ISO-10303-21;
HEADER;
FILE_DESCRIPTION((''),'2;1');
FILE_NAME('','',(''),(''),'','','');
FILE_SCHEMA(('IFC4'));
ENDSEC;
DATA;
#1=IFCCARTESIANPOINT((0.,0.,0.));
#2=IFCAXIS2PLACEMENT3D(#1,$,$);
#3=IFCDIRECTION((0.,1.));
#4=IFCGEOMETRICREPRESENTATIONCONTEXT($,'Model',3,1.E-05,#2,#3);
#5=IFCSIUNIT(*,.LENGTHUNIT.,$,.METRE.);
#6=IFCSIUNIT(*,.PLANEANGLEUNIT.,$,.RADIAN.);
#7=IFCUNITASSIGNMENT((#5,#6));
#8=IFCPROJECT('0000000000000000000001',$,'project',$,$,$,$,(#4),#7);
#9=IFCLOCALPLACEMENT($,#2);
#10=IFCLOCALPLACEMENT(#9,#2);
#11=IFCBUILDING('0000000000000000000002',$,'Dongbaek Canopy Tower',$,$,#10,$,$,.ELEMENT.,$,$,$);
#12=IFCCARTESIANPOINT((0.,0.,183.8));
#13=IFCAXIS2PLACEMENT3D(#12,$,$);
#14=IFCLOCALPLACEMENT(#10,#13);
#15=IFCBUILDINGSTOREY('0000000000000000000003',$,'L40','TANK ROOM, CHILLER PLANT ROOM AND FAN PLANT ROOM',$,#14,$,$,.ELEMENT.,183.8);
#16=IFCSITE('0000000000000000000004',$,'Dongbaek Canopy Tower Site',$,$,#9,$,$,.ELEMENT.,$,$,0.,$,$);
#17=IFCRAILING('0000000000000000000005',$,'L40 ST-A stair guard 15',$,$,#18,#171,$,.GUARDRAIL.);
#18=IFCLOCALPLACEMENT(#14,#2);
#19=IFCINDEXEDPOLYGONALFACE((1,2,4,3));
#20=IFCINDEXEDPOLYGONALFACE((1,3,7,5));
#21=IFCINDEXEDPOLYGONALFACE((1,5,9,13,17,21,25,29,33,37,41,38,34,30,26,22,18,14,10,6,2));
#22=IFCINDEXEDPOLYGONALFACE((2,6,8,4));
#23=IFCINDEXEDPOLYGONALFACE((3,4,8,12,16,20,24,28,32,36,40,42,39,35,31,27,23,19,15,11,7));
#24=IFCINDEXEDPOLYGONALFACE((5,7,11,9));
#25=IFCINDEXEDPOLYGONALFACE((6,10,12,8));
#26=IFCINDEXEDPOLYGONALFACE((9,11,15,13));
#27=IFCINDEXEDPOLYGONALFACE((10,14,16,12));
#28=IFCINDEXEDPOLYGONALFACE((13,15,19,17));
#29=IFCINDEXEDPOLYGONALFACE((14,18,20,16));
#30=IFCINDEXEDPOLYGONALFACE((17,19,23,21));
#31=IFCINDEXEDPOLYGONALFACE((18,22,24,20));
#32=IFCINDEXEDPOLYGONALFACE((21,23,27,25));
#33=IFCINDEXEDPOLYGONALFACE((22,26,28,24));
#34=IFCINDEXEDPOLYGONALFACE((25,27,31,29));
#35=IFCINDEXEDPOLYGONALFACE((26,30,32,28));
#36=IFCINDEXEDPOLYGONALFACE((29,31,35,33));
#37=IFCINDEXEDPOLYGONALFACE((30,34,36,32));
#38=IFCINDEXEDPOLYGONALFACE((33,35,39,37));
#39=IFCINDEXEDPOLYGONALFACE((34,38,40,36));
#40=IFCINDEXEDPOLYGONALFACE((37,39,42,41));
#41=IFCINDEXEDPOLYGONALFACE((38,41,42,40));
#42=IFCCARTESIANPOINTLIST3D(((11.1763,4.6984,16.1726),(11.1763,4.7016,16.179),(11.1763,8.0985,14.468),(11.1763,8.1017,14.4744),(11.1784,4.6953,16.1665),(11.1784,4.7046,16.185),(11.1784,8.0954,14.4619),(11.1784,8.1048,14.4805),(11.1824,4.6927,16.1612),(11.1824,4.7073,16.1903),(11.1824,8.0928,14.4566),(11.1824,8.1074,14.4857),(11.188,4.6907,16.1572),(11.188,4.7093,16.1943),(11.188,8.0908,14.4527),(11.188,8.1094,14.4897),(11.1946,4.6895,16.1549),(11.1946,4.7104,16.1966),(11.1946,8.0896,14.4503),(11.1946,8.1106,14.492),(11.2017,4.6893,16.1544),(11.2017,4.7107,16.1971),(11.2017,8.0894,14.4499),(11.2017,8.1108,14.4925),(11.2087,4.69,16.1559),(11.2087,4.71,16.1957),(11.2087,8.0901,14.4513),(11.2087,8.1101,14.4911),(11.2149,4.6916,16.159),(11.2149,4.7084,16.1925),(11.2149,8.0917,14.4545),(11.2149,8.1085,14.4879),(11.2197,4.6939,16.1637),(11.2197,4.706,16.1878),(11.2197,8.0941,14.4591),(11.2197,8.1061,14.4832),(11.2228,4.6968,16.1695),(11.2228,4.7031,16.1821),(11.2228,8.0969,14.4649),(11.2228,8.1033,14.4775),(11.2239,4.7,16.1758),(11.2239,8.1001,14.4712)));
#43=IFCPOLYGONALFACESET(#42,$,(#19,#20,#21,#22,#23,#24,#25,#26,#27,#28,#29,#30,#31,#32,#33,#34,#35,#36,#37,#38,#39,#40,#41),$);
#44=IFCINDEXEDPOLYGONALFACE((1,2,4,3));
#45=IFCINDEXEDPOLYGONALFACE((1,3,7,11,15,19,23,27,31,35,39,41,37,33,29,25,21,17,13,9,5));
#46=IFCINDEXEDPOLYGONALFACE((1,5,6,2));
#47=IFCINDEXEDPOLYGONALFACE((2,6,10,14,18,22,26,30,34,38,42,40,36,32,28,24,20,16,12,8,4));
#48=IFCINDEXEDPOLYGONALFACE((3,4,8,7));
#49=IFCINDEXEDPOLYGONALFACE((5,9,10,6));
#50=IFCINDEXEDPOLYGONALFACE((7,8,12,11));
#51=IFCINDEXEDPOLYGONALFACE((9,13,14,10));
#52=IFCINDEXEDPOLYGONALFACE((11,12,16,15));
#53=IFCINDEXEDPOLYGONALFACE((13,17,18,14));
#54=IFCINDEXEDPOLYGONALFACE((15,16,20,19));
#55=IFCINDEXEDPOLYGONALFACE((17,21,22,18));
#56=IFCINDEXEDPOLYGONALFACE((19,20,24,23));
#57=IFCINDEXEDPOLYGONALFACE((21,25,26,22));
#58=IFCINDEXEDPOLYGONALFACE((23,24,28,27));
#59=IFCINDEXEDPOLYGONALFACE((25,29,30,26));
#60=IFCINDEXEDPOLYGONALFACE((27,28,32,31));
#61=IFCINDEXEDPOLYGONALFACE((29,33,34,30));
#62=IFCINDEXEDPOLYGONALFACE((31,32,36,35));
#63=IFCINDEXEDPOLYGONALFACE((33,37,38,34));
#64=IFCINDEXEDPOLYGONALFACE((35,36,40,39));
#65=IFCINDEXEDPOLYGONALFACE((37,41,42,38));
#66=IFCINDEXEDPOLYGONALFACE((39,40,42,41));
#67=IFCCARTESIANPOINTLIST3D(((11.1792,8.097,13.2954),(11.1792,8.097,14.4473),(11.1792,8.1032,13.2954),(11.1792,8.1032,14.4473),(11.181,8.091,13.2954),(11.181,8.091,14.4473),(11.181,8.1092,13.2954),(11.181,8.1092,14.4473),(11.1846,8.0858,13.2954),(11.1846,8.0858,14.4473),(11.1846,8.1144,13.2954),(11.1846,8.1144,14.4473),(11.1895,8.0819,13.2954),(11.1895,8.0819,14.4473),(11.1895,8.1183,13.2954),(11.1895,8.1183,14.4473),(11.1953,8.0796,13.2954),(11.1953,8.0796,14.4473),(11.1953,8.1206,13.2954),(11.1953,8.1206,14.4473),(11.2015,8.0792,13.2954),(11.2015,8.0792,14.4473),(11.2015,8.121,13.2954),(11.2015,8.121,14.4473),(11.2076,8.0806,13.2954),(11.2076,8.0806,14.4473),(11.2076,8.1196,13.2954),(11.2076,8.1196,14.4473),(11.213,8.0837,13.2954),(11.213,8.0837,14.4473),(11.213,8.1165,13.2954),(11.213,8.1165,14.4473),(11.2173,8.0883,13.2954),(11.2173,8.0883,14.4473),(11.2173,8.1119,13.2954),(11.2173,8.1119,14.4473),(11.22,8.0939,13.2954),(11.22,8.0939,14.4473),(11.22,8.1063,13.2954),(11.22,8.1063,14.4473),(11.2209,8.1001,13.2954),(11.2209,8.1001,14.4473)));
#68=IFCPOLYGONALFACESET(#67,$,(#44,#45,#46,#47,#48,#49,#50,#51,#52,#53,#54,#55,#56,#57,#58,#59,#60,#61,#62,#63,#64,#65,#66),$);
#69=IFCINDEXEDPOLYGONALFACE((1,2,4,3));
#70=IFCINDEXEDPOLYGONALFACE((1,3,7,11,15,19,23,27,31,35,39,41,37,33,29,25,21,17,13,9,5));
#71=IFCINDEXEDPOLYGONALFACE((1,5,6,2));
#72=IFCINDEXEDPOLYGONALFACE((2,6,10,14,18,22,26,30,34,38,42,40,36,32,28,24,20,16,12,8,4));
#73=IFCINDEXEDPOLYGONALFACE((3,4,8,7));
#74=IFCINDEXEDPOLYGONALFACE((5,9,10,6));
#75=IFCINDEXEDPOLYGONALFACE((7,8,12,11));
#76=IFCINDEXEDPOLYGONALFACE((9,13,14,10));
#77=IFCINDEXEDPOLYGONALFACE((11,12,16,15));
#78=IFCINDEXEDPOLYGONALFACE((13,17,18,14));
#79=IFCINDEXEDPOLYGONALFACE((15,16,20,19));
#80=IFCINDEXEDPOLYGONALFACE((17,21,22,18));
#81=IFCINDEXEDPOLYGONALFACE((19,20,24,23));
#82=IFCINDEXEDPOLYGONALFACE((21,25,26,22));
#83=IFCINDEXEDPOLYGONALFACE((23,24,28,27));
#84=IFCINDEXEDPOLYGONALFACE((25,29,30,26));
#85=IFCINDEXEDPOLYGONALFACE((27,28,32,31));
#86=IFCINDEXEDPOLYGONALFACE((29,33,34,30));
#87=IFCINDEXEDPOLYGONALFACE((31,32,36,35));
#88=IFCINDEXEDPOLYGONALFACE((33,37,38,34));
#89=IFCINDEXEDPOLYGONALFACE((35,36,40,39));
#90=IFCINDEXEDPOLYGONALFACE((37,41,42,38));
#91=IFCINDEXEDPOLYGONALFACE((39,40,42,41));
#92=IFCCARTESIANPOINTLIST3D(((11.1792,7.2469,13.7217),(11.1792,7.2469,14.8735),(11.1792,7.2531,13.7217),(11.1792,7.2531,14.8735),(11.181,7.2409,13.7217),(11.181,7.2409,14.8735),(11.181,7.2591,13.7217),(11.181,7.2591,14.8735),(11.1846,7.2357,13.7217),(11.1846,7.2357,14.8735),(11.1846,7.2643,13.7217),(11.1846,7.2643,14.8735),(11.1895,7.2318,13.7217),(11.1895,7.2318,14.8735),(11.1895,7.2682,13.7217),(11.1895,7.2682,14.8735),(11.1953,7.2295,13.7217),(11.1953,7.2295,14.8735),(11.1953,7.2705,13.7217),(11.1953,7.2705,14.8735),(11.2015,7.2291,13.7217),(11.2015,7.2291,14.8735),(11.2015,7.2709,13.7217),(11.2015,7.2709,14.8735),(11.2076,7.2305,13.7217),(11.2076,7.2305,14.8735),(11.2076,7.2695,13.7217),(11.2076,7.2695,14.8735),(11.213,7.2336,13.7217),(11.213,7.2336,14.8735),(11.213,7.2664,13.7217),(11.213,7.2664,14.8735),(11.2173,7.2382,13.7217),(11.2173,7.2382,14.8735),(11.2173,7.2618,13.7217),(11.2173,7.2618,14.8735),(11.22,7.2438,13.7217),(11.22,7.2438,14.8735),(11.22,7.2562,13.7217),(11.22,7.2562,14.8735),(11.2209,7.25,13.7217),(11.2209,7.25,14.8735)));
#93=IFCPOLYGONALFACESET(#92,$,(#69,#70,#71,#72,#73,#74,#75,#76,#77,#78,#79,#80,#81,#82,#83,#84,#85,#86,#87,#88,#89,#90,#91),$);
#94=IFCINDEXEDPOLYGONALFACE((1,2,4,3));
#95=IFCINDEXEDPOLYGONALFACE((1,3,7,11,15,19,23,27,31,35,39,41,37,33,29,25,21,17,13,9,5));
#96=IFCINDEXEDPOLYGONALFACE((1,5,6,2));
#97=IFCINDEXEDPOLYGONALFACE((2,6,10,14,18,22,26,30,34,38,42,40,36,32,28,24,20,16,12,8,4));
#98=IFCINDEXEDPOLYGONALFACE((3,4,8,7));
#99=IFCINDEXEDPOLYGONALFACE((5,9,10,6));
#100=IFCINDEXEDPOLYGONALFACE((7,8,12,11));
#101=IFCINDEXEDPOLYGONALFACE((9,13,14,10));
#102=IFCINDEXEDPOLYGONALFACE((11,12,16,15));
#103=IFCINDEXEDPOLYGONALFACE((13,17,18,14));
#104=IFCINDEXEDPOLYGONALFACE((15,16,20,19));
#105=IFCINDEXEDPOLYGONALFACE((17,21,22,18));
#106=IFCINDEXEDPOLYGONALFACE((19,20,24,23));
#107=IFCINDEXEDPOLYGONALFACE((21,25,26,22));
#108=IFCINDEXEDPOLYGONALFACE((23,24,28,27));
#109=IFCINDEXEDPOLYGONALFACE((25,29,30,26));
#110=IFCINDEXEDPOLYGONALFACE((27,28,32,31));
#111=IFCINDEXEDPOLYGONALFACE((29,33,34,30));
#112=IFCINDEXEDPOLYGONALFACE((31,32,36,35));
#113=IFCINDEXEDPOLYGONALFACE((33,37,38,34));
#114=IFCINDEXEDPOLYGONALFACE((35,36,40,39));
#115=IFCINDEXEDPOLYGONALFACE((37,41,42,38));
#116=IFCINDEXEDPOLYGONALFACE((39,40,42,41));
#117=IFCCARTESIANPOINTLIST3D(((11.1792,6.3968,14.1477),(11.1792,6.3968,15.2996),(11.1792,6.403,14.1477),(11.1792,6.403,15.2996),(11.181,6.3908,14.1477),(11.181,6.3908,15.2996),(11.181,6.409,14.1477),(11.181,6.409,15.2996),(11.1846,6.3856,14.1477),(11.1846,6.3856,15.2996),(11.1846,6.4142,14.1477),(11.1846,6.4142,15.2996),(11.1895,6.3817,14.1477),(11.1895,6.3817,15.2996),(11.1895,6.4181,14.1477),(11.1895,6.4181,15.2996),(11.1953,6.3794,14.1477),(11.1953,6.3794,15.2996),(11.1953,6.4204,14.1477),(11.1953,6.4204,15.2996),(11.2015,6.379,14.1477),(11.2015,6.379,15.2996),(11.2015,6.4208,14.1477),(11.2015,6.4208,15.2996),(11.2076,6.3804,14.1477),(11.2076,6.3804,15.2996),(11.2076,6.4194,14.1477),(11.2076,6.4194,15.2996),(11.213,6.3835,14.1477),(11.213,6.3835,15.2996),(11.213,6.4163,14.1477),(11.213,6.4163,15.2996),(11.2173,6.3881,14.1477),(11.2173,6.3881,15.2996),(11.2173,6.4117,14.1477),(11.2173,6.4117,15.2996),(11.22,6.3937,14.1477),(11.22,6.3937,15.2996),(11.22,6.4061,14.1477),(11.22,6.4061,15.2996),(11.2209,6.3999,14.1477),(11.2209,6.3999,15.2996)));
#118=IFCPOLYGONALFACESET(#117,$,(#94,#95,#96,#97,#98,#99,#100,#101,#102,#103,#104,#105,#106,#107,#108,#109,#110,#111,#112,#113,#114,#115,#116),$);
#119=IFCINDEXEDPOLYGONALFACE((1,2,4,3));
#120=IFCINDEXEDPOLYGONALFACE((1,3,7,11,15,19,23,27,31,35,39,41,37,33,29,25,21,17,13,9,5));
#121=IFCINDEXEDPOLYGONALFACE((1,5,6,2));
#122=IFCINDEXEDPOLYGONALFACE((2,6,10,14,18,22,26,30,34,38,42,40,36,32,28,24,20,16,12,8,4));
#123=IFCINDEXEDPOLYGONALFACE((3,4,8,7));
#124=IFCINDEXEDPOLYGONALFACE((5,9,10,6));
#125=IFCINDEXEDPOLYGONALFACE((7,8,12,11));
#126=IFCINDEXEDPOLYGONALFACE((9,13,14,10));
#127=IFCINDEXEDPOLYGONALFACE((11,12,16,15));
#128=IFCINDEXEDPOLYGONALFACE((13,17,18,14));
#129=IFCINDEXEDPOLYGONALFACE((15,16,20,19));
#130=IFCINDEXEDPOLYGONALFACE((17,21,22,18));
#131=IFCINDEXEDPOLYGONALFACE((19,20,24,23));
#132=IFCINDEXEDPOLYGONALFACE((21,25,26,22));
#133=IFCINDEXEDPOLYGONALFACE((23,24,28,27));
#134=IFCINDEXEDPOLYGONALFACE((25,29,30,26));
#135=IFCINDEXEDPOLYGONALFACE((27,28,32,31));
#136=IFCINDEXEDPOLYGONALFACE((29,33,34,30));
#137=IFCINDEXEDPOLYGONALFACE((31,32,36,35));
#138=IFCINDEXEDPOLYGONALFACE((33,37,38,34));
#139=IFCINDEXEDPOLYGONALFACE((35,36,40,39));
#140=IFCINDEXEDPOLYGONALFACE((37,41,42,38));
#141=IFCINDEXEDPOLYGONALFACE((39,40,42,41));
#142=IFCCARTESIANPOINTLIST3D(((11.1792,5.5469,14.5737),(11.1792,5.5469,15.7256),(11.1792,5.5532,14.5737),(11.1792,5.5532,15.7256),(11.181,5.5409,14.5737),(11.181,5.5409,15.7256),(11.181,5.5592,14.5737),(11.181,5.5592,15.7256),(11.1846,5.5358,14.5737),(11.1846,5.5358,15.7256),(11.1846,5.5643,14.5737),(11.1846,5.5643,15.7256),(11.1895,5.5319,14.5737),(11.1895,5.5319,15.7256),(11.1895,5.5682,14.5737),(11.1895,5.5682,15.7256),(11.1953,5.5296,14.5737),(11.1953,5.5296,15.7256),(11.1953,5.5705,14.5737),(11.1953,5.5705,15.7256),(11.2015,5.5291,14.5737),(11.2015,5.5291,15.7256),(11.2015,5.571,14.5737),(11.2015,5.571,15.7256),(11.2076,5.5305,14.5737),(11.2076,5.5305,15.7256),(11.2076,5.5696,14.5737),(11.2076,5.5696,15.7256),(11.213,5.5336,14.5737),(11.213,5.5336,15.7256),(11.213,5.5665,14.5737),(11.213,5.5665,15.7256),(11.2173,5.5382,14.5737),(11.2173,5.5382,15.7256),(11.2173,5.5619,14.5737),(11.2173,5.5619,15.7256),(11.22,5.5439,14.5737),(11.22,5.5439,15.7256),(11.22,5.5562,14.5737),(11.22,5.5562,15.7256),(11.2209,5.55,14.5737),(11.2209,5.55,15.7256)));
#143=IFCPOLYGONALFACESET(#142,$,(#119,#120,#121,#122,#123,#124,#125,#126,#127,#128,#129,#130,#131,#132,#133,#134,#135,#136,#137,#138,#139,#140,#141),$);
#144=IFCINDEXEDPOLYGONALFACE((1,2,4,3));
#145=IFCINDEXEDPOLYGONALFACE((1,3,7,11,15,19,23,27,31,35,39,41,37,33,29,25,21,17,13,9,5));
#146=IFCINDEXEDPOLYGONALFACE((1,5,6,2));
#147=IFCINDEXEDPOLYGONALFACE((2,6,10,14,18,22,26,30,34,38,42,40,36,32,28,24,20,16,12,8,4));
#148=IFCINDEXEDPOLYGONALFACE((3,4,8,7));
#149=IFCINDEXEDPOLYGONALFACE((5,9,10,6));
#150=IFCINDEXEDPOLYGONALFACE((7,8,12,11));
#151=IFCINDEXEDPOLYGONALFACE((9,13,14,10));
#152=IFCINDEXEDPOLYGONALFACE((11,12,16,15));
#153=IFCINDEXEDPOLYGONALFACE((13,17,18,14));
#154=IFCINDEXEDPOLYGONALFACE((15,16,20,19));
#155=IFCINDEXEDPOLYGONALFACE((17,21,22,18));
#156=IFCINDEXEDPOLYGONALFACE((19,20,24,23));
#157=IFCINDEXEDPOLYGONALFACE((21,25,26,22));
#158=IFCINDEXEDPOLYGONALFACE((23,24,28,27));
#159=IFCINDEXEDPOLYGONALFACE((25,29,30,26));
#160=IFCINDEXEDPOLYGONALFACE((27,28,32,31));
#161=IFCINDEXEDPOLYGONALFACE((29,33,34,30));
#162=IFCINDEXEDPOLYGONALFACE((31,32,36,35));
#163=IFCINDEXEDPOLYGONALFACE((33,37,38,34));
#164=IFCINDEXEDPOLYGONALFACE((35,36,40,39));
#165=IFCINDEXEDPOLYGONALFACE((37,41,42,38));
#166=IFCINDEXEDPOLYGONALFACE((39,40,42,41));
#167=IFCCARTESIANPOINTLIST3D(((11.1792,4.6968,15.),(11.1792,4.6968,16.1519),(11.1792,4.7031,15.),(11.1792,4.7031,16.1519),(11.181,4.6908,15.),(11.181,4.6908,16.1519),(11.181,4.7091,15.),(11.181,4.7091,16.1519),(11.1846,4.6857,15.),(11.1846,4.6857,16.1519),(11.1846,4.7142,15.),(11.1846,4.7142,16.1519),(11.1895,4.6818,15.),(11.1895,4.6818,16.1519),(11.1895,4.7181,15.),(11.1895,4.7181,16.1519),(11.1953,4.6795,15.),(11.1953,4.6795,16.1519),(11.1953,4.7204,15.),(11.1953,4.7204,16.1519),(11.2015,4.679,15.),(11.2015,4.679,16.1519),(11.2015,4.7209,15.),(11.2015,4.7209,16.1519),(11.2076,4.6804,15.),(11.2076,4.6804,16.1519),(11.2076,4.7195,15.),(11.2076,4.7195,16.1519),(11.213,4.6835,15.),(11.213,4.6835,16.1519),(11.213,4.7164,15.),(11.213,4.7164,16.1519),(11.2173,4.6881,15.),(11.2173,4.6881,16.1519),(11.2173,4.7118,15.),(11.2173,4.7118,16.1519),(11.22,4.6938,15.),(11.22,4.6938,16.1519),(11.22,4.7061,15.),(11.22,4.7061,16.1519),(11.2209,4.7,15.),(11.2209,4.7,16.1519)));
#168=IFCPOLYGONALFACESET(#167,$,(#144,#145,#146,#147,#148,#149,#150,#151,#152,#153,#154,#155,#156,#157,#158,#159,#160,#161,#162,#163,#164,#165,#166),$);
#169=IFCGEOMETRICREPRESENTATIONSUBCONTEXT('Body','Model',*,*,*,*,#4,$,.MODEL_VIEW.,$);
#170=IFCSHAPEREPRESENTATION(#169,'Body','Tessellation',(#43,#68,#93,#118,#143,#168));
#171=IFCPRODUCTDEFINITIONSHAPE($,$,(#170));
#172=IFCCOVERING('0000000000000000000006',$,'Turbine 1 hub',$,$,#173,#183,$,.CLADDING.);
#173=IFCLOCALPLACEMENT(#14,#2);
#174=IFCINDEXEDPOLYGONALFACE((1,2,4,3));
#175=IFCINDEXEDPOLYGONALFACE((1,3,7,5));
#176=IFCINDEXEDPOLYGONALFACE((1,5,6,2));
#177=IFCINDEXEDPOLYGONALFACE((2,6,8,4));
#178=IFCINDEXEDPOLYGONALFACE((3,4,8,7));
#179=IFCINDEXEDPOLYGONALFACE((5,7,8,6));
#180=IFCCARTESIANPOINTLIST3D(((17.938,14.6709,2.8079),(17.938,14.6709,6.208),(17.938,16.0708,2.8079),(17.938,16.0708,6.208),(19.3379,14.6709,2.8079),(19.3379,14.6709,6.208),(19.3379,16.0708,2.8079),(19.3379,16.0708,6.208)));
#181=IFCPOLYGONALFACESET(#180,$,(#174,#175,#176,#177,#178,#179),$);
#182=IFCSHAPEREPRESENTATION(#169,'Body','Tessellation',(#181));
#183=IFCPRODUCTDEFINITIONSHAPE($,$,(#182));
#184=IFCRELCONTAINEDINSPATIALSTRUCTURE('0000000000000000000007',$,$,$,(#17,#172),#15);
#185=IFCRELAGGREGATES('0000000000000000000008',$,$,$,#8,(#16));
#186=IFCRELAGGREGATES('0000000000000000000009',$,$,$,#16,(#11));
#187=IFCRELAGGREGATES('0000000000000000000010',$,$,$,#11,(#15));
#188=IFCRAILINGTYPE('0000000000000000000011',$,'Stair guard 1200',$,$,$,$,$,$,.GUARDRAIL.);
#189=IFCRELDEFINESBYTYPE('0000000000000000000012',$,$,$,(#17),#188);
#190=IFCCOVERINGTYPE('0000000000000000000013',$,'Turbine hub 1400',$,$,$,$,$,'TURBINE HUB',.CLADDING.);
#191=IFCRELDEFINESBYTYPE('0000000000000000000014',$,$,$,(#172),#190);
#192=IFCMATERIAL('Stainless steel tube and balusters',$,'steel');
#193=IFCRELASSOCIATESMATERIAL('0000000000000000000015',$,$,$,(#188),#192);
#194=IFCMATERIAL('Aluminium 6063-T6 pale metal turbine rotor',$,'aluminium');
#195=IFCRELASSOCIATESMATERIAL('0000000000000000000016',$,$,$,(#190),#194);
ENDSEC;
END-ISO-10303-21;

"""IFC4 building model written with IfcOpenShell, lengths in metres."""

from ifc_helpers import new_model, si_unit, direction, frame, origin, origin_2d, place, context, subcontext, project, spatial, rectangle, circle, extrude, material, material_profile, profile_set, type_object, element, save


model = new_model("IFC4")

# Units and contexts
model_context = context("Model", 3, precision=1e-05, world=origin(), true_north=direction((0.0, 1.0)))
body_context = subcontext(model_context, "Body", "Model", "MODEL_VIEW")
ifc_project = project(units=[si_unit("LENGTHUNIT", "METRE"), si_unit("PLANEANGLEUNIT", "RADIAN")], contexts=[model_context])

# Site, building, storey
site_placement = place(None, origin())
site = spatial("IfcSite", under=ifc_project, at=site_placement, Name="Dongbaek Canopy Tower Site", CompositionType="ELEMENT", RefElevation=0.0)
building_placement = place(site_placement, origin())
building = spatial("IfcBuilding", under=site, at=building_placement, Name="Dongbaek Canopy Tower", CompositionType="ELEMENT")
storey_placement = place(building_placement, frame((0.0, 0.0, 183.8)))
storey = spatial("IfcBuildingStorey", under=building, at=storey_placement, Name="L40", Description="TANK ROOM, CHILLER PLANT ROOM AND FAN PLANT ROOM", CompositionType="ELEMENT", Elevation=183.8)

# Railing
ifc_material_1 = material(Name="Stainless steel tube and balusters", Category="steel")
railing_type_1 = type_object("IfcRailingType", Name="Stair guard 1200", PredefinedType="GUARDRAIL", material=ifc_material_1)
railing_1_placement = place(storey_placement, frame((11.2, 8.1001, 13.2954)))
element("IfcRailing", 1, at=railing_1_placement, inside=storey, type_object=railing_type_1, Name="L40 ST-A stair guard 15", PredefinedType="GUARDRAIL", context=body_context, shape_type="SweptSolid", body=[
    extrude(circle(Radius=0.0239, at=origin_2d()), frame((0.0, 0.0, 1.1758), z_axis=(0.0, -0.893952, 0.448163), x_axis=(1.0, 0.0, 0.0)), (0.0, 0.0, 1.0), 3.8035),
    extrude(circle(Radius=0.021, at=origin_2d()), origin(), (0.0, 0.0, 1.0), 1.1519),
    extrude(circle(Radius=0.021, at=origin_2d()), frame((0.0, -0.8501, 0.4263)), (0.0, 0.0, 1.0), 1.1519),
    extrude(circle(Radius=0.021, at=origin_2d()), frame((0.0, -1.7002, 0.8523)), (0.0, 0.0, 1.0), 1.1519),
    extrude(circle(Radius=0.021, at=origin_2d()), frame((0.0, -2.55, 1.2783)), (0.0, 0.0, 1.0), 1.1519),
    extrude(circle(Radius=0.021, at=origin_2d()), frame((0.0, -3.4001, 1.7046)), (0.0, 0.0, 1.0), 1.1519),
])

# Covering
ifc_material_2 = material(Name="Aluminium 6063-T6 pale metal turbine rotor", Category="aluminium")
ifc_material_profile_1 = material_profile(ifc_material_2, rectangle(XDim=1.3999, YDim=1.3999, at=origin_2d()), Name="Turbine hub 1400")
ifc_profile_set_1 = profile_set([ifc_material_profile_1], Name="Aluminium 6063-T6 pale metal turbine rotor")
covering_type = type_object("IfcCoveringType", Name="Turbine hub 1400", ElementType="TURBINE HUB", PredefinedType="CLADDING", material=ifc_profile_set_1)
covering_placement = place(storey_placement, frame((18.6379, 15.3708, 2.8079), z_axis=(0.0, 0.0, 1.0), x_axis=(1.0, 0.0, 0.0)))
element("IfcCovering", 2, at=covering_placement, inside=storey, type_object=covering_type, Name="Turbine 1 hub", PredefinedType="CLADDING", context=body_context, shape_type="SweptSolid", body=[
    extrude(rectangle(XDim=1.3999, YDim=1.3999, at=origin_2d()), origin(), (0.0, 0.0, 1.0), 3.4001),
])

save(model, "model.ifc")
